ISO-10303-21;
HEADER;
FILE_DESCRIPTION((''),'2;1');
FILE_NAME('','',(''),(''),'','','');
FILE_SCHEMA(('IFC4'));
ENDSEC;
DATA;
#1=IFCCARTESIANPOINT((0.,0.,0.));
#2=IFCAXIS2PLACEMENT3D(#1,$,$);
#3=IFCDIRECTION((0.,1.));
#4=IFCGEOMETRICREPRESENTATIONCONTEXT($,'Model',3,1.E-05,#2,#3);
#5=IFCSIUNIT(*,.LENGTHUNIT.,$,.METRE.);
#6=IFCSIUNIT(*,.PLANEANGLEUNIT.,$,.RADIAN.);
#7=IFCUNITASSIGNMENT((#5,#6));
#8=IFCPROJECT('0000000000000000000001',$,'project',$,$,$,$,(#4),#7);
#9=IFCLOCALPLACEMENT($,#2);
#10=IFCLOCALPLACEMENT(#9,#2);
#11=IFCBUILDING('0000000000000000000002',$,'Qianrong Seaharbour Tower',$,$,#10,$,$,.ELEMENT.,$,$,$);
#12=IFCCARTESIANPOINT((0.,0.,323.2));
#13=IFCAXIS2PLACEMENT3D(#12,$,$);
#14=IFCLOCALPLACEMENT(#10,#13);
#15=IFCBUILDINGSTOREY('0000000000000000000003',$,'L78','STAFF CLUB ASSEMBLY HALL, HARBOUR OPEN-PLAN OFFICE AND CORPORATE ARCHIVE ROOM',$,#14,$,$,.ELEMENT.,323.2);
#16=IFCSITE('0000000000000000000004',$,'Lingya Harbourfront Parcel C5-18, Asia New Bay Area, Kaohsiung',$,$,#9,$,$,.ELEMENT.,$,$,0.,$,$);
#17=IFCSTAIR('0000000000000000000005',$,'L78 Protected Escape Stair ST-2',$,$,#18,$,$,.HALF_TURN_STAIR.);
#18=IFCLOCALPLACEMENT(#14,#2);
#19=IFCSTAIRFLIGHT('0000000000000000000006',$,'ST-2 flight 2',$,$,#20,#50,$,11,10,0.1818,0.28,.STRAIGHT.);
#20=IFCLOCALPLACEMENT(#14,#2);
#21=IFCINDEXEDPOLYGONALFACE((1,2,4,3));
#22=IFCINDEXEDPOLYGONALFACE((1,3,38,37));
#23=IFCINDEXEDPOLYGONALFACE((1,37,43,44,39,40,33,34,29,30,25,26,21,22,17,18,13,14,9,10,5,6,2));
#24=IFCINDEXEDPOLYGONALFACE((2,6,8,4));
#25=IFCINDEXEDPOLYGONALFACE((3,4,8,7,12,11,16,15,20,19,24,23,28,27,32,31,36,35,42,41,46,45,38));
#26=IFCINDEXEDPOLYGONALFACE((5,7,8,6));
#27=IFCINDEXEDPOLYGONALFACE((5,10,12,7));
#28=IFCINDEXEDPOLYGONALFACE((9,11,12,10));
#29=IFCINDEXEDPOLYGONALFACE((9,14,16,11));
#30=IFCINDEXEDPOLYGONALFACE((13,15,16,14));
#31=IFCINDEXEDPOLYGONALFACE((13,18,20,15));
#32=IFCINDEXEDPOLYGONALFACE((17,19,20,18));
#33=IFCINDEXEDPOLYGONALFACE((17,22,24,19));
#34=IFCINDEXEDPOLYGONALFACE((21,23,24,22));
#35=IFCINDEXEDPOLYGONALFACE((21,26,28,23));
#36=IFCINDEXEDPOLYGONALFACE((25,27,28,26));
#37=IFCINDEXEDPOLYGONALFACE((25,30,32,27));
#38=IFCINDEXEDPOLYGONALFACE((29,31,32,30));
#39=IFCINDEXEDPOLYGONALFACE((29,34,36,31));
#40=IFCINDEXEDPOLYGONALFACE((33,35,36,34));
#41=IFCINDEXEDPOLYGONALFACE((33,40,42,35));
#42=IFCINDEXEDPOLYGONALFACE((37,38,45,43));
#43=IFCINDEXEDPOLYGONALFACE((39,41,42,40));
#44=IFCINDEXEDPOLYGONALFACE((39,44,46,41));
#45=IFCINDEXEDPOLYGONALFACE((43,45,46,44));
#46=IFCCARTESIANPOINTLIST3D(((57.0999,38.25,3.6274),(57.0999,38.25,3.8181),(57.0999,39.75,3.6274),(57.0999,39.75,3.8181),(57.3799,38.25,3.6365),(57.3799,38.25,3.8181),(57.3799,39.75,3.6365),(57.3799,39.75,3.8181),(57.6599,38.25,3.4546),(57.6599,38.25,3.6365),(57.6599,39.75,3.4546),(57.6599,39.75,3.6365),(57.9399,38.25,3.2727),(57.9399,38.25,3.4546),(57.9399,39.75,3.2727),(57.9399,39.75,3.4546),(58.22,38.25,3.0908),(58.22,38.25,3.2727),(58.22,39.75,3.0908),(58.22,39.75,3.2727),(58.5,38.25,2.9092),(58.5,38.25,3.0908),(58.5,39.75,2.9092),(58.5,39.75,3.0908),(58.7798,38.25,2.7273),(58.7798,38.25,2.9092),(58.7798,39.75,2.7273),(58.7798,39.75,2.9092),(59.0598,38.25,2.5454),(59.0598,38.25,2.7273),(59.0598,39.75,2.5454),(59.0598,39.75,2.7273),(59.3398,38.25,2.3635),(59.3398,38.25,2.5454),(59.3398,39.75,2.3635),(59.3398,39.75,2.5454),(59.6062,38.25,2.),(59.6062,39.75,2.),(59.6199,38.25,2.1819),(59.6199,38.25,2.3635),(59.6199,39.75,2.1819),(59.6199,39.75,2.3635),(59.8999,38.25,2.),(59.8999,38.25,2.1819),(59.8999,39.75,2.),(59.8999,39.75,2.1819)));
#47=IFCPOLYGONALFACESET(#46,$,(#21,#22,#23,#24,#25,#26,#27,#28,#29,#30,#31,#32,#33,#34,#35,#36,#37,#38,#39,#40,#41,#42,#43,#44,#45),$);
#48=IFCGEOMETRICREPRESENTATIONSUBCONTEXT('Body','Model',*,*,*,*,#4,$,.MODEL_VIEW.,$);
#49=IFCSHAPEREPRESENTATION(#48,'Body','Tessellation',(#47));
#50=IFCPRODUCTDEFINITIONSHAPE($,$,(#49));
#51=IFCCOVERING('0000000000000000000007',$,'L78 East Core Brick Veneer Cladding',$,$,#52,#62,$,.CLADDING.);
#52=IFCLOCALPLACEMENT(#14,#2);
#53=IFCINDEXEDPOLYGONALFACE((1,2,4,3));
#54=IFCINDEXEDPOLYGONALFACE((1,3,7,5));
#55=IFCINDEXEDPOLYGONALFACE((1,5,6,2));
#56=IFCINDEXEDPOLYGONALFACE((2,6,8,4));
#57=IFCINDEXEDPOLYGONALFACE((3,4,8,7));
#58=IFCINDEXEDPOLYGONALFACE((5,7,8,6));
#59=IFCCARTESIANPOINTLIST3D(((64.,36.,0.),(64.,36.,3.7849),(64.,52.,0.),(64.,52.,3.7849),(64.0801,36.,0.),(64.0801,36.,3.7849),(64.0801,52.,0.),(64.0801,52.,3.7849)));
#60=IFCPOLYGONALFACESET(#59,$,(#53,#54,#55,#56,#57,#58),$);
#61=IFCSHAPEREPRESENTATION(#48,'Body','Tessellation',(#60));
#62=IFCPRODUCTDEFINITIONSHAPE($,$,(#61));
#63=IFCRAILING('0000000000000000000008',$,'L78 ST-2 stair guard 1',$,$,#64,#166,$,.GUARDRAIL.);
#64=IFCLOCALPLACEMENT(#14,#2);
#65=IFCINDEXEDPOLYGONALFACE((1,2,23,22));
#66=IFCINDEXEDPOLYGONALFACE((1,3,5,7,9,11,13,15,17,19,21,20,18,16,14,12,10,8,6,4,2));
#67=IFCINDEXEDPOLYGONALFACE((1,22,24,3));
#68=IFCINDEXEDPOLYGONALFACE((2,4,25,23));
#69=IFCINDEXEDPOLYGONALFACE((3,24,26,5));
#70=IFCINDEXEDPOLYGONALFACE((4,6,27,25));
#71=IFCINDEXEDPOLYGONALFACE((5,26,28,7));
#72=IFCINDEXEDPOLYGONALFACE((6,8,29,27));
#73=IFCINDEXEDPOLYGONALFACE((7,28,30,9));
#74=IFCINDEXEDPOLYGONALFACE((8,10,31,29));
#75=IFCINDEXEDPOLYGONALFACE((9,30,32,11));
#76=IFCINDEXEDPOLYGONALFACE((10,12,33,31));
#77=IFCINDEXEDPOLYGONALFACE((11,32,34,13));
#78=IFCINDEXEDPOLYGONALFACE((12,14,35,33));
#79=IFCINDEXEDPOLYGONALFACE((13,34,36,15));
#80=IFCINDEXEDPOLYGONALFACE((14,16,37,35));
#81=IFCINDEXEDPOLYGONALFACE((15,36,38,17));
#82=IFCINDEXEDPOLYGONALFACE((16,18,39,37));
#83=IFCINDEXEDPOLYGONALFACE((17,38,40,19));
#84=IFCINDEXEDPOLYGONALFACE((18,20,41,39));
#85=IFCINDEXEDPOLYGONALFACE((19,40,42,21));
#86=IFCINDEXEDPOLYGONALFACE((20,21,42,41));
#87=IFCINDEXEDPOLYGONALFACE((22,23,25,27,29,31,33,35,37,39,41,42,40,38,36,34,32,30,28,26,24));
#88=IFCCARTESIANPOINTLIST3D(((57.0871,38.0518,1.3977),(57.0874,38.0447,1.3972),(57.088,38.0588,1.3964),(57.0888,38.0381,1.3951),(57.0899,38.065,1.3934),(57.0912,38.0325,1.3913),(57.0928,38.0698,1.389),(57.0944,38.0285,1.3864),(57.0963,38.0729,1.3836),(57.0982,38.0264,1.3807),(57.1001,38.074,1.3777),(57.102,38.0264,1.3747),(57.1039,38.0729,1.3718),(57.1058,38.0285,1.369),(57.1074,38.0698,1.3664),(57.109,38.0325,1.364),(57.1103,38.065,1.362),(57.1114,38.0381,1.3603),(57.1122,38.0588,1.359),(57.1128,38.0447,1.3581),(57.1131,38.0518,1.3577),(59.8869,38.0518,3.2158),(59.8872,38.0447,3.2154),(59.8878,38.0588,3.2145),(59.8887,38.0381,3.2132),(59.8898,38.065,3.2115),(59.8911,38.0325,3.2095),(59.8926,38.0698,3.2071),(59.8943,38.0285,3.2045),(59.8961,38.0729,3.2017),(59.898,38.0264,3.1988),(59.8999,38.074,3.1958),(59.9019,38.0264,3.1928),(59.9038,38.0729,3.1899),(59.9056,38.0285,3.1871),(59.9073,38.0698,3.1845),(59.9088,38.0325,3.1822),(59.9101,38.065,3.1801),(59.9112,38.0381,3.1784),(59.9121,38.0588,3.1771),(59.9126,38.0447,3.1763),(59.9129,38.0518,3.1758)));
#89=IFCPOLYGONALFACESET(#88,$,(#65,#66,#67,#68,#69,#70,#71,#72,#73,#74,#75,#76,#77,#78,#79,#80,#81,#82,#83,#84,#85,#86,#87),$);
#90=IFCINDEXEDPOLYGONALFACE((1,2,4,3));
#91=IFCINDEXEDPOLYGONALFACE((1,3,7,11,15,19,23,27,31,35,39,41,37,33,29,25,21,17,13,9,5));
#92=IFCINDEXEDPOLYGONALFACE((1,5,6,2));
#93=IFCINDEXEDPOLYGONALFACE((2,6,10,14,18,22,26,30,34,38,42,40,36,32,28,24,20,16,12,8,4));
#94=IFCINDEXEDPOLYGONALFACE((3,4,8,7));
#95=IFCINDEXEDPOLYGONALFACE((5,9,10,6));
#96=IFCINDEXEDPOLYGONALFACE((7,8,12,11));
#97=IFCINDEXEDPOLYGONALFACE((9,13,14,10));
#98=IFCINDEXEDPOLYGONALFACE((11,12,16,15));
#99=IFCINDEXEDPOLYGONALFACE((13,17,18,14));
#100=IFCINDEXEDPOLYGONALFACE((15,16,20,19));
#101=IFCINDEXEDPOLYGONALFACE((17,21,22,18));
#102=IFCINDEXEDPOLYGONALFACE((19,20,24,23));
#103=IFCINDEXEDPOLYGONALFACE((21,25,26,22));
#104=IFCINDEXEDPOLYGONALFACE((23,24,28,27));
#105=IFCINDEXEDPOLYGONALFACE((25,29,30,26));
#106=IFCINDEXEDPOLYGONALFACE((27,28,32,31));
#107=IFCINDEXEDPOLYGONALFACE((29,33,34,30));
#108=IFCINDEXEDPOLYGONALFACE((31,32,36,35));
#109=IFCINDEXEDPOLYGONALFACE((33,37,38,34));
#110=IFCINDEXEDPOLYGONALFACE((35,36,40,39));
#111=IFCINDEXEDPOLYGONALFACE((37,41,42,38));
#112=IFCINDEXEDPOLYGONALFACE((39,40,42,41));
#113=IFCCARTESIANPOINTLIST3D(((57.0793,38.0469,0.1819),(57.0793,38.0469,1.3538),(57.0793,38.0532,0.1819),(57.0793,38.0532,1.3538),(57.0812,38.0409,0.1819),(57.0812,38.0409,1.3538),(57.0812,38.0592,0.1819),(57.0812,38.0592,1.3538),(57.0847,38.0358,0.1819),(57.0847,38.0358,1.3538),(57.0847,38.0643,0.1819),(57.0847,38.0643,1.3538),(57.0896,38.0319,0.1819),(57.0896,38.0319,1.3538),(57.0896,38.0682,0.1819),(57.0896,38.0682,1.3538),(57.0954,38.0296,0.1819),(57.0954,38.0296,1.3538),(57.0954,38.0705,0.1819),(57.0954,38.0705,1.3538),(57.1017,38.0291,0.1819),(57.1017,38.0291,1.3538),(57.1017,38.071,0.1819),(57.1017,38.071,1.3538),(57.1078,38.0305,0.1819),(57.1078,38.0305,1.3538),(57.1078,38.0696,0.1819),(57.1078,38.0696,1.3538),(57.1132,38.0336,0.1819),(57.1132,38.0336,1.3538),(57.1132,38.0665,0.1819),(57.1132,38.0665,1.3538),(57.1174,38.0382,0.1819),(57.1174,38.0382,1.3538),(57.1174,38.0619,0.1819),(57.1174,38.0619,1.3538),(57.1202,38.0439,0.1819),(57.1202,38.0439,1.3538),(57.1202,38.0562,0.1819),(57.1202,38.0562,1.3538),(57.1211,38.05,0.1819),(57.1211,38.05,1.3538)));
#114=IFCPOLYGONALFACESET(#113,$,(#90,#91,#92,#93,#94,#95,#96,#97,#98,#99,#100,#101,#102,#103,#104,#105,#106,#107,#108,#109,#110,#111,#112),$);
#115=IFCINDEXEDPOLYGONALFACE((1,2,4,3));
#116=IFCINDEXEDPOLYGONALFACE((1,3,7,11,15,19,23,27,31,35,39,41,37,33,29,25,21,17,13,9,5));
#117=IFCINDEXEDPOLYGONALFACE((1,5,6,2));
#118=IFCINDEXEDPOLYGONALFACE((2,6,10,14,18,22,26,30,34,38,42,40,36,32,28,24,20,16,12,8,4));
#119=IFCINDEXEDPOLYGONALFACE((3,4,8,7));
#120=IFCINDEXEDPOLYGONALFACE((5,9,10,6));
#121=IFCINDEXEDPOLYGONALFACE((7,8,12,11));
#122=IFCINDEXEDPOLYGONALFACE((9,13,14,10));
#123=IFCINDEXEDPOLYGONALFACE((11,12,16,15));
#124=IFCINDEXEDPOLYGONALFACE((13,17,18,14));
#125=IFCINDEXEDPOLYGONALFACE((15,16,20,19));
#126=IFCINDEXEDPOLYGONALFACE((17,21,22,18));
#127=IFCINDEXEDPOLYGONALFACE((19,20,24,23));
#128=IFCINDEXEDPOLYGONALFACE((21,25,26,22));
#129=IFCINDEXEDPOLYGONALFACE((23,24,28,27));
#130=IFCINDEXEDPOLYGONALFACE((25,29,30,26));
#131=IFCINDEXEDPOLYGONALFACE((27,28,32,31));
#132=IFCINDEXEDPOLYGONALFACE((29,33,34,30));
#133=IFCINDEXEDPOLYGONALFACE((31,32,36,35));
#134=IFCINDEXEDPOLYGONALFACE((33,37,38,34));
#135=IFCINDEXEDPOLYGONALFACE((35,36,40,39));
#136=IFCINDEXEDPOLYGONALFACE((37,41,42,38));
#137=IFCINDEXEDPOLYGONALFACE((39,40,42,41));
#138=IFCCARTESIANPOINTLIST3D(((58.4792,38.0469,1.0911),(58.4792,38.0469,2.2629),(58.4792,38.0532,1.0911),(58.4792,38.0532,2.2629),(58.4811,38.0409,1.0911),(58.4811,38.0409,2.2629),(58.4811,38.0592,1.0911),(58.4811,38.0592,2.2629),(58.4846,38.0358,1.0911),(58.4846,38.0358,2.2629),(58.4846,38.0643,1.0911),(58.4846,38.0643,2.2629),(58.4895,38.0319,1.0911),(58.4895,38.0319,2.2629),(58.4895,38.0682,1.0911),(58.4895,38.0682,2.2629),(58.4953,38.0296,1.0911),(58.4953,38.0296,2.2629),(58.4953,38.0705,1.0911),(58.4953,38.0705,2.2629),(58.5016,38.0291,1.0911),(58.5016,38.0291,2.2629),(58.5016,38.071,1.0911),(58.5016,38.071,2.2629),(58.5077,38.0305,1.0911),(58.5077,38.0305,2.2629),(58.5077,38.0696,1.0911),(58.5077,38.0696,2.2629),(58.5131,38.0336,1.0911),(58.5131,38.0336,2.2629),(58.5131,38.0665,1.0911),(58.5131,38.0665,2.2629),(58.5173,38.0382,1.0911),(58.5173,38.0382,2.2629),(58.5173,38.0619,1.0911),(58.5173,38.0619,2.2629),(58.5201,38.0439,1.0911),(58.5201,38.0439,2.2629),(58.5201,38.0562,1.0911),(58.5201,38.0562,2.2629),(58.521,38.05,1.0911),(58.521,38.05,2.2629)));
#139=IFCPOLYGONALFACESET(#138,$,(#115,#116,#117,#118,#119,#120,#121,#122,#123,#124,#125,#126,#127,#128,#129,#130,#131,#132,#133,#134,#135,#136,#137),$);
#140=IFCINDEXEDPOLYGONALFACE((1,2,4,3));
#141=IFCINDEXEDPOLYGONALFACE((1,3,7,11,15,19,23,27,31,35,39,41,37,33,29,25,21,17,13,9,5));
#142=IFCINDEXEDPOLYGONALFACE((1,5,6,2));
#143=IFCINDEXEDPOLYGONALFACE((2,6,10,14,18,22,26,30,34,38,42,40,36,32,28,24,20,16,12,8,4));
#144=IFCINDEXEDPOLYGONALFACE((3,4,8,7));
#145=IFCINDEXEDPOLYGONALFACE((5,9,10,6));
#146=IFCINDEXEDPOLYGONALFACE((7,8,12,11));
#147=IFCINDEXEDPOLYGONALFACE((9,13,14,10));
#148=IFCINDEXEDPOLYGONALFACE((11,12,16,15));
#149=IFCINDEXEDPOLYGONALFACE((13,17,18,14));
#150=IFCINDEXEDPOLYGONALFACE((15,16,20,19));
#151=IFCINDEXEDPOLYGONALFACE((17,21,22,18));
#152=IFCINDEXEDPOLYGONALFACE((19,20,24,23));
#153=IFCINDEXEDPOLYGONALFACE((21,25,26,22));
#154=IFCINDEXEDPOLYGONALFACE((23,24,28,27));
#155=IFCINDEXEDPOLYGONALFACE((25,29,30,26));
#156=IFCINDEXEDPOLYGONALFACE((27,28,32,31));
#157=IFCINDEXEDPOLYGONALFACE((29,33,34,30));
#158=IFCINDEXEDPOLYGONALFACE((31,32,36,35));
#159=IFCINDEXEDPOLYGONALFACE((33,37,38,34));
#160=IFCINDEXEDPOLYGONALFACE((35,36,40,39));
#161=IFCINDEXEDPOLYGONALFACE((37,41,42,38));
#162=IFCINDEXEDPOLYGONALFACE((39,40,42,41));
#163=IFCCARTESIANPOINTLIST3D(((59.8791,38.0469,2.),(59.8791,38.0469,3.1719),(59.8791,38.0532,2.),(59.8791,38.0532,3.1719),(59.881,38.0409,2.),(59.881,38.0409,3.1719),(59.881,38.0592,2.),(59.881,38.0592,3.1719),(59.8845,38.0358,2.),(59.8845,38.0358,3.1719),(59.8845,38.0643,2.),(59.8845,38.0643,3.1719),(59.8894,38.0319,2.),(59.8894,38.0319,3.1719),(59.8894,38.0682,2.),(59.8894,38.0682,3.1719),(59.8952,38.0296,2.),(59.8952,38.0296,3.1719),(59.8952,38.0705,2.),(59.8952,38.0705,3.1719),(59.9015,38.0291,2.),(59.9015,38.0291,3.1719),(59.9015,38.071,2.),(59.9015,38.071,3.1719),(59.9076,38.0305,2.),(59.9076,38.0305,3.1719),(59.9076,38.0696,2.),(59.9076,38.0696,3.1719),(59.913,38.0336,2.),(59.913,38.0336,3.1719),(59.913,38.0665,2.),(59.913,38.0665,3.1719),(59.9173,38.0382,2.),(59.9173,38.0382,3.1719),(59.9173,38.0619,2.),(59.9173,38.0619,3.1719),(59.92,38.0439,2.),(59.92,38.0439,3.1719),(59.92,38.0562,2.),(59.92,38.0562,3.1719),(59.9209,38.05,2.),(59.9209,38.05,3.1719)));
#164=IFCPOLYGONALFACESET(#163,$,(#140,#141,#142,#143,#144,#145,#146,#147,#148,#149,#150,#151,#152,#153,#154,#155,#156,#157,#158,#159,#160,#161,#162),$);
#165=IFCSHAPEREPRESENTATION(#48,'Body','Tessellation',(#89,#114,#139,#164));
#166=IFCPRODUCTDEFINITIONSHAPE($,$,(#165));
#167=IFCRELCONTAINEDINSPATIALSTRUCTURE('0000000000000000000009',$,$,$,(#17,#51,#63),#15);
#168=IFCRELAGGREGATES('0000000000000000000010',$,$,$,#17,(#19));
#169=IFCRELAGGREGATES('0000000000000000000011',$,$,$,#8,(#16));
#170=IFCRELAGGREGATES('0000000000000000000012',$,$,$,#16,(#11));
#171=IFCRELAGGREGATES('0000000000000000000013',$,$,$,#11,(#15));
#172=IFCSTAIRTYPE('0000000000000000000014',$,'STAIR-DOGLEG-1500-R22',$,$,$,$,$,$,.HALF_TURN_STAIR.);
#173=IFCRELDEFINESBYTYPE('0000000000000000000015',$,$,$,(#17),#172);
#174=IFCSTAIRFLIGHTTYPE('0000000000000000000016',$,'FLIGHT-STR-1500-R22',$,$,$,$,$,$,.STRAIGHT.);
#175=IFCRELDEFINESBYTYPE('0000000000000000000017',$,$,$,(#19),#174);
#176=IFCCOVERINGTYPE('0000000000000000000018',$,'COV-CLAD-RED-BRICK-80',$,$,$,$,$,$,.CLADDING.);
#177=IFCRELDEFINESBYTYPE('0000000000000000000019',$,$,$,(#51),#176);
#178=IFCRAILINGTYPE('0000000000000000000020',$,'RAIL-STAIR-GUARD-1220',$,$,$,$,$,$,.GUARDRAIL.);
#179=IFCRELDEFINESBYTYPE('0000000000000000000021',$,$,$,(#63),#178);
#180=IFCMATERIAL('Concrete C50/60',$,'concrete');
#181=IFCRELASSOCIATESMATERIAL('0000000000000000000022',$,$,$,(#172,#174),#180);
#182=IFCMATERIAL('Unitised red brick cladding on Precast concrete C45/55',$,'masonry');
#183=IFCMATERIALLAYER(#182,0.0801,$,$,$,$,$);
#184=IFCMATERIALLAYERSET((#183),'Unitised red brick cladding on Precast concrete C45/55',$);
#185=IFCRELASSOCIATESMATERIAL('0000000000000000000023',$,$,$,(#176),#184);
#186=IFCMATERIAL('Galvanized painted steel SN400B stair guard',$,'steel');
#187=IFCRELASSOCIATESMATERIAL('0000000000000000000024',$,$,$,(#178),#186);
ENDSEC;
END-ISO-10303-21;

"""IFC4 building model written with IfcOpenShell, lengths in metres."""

from ifc_helpers import new_model, si_unit, direction, frame, origin, origin_2d, place, context, subcontext, project, spatial, polyline, rectangle, circle, outline, extrude, material, layer, layer_set, type_object, element, aggregate, save


model = new_model("IFC4")

# Units and contexts
model_context = context("Model", 3, precision=1e-05, world=origin(), true_north=direction((0.0, 1.0)))
body_context = subcontext(model_context, "Body", "Model", "MODEL_VIEW")
ifc_project = project(units=[si_unit("LENGTHUNIT", "METRE"), si_unit("PLANEANGLEUNIT", "RADIAN")], contexts=[model_context])

# Site, building, storey
site_placement = place(None, origin())
site = spatial("IfcSite", under=ifc_project, at=site_placement, Name="Lingya Harbourfront Parcel C5-18, Asia New Bay Area, Kaohsiung", CompositionType="ELEMENT", RefElevation=0.0)
building_placement = place(site_placement, origin())
building = spatial("IfcBuilding", under=site, at=building_placement, Name="Qianrong Seaharbour Tower", CompositionType="ELEMENT")
storey_placement = place(building_placement, frame((0.0, 0.0, 323.2)))
storey = spatial("IfcBuildingStorey", under=building, at=storey_placement, Name="L78", Description="STAFF CLUB ASSEMBLY HALL, HARBOUR OPEN-PLAN OFFICE AND CORPORATE ARCHIVE ROOM", CompositionType="ELEMENT", Elevation=323.2)

# Shared definitions
ifc_material_1 = material(Name="Concrete C50/60", Category="concrete")

# Stair, stair flight
stair_type = type_object("IfcStairType", Name="STAIR-DOGLEG-1500-R22", PredefinedType="HALF_TURN_STAIR", material=ifc_material_1)
stair_placement = place(storey_placement, origin())
stair = element("IfcStair", 1, at=stair_placement, inside=storey, type_object=stair_type, Name="L78 Protected Escape Stair ST-2", PredefinedType="HALF_TURN_STAIR")
stair_flight_type = type_object("IfcStairFlightType", Name="FLIGHT-STR-1500-R22", PredefinedType="STRAIGHT", material=ifc_material_1)
stair_flight_1_placement = place(storey_placement, frame((59.8999, 39.0, 2.0), z_axis=(0.0, 0.0, 1.0), x_axis=(-1.0, 0.0, 0.0)))
stair_flight_1 = element("IfcStairFlight", 2, at=stair_flight_1_placement, type_object=stair_flight_type, Name="ST-2 flight 2", NumberOfRisers=11, NumberOfTreads=10, PredefinedType="STRAIGHT", RiserHeight=0.1818, TreadLength=0.28, context=body_context, shape_type="SweptSolid", body=[
    extrude(outline(polyline([(0.0, 0.0), (0.0, 0.1819), (0.28, 0.1819), (0.28, 0.3635), (0.5601, 0.3635), (0.5601, 0.5454), (0.8401, 0.5454), (0.8401, 0.7273), (1.1201, 0.7273), (1.1201, 0.9092), (1.3999, 0.9092), (1.3999, 1.0908), (1.6799, 1.0908), (1.6799, 1.2727), (1.96, 1.2727), (1.96, 1.4546), (2.24, 1.4546), (2.24, 1.6365), (2.52, 1.6365), (2.52, 1.8181), (2.8, 1.8181), (2.8, 2.0), (2.8, 1.6274), (0.2937, 0.0), (0.0, 0.0)])), frame((0.0, 0.75, 0.0), z_axis=(0.0, -1.0, 0.0), x_axis=(1.0, 0.0, 0.0)), (0.0, 0.0, 1.0), 1.5),
])
aggregate(stair, [stair_flight_1])

# Covering
ifc_material_2 = material(Name="Unitised red brick cladding on Precast concrete C45/55", Category="masonry")
ifc_layer_1 = layer(ifc_material_2, 0.0801)
ifc_layer_set_1 = layer_set([ifc_layer_1], Name="Unitised red brick cladding on Precast concrete C45/55")
covering_type = type_object("IfcCoveringType", Name="COV-CLAD-RED-BRICK-80", PredefinedType="CLADDING", material=ifc_layer_set_1)
covering_placement = place(storey_placement, frame((64.04, 44.0, 0.0), z_axis=(0.0, 0.0, 1.0), x_axis=(1.0, 0.0, 0.0)))
element("IfcCovering", 3, at=covering_placement, inside=storey, type_object=covering_type, Name="L78 East Core Brick Veneer Cladding", PredefinedType="CLADDING", context=body_context, shape_type="SweptSolid", body=[
    extrude(rectangle(XDim=0.0801, YDim=16.0, at=origin_2d()), origin(), (0.0, 0.0, 1.0), 3.7849),
])

# Railing
ifc_material_3 = material(Name="Galvanized painted steel SN400B stair guard", Category="steel")
railing_type_1 = type_object("IfcRailingType", Name="RAIL-STAIR-GUARD-1220", PredefinedType="GUARDRAIL", material=ifc_material_3)
railing_1_placement = place(storey_placement, frame((57.1001, 38.05, 0.1819)))
element("IfcRailing", 4, at=railing_1_placement, inside=storey, type_object=railing_type_1, Name="L78 ST-2 stair guard 1", PredefinedType="GUARDRAIL", context=body_context, shape_type="SweptSolid", body=[
    extrude(circle(Radius=0.0239, at=origin_2d()), frame((0.0, 0.0, 1.1958), z_axis=(0.838684, 0.0, 0.544618), x_axis=(0.0, 1.0, 0.0)), (0.0, 0.0, 1.0), 3.3384),
    extrude(circle(Radius=0.021, at=origin_2d()), origin(), (0.0, 0.0, 1.0), 1.1719),
    extrude(circle(Radius=0.021, at=origin_2d()), frame((1.3999, 0.0, 0.9092)), (0.0, 0.0, 1.0), 1.1719),
    extrude(circle(Radius=0.021, at=origin_2d()), frame((2.7998, 0.0, 1.8181)), (0.0, 0.0, 1.0), 1.1719),
])

save(model, "model.ifc")
